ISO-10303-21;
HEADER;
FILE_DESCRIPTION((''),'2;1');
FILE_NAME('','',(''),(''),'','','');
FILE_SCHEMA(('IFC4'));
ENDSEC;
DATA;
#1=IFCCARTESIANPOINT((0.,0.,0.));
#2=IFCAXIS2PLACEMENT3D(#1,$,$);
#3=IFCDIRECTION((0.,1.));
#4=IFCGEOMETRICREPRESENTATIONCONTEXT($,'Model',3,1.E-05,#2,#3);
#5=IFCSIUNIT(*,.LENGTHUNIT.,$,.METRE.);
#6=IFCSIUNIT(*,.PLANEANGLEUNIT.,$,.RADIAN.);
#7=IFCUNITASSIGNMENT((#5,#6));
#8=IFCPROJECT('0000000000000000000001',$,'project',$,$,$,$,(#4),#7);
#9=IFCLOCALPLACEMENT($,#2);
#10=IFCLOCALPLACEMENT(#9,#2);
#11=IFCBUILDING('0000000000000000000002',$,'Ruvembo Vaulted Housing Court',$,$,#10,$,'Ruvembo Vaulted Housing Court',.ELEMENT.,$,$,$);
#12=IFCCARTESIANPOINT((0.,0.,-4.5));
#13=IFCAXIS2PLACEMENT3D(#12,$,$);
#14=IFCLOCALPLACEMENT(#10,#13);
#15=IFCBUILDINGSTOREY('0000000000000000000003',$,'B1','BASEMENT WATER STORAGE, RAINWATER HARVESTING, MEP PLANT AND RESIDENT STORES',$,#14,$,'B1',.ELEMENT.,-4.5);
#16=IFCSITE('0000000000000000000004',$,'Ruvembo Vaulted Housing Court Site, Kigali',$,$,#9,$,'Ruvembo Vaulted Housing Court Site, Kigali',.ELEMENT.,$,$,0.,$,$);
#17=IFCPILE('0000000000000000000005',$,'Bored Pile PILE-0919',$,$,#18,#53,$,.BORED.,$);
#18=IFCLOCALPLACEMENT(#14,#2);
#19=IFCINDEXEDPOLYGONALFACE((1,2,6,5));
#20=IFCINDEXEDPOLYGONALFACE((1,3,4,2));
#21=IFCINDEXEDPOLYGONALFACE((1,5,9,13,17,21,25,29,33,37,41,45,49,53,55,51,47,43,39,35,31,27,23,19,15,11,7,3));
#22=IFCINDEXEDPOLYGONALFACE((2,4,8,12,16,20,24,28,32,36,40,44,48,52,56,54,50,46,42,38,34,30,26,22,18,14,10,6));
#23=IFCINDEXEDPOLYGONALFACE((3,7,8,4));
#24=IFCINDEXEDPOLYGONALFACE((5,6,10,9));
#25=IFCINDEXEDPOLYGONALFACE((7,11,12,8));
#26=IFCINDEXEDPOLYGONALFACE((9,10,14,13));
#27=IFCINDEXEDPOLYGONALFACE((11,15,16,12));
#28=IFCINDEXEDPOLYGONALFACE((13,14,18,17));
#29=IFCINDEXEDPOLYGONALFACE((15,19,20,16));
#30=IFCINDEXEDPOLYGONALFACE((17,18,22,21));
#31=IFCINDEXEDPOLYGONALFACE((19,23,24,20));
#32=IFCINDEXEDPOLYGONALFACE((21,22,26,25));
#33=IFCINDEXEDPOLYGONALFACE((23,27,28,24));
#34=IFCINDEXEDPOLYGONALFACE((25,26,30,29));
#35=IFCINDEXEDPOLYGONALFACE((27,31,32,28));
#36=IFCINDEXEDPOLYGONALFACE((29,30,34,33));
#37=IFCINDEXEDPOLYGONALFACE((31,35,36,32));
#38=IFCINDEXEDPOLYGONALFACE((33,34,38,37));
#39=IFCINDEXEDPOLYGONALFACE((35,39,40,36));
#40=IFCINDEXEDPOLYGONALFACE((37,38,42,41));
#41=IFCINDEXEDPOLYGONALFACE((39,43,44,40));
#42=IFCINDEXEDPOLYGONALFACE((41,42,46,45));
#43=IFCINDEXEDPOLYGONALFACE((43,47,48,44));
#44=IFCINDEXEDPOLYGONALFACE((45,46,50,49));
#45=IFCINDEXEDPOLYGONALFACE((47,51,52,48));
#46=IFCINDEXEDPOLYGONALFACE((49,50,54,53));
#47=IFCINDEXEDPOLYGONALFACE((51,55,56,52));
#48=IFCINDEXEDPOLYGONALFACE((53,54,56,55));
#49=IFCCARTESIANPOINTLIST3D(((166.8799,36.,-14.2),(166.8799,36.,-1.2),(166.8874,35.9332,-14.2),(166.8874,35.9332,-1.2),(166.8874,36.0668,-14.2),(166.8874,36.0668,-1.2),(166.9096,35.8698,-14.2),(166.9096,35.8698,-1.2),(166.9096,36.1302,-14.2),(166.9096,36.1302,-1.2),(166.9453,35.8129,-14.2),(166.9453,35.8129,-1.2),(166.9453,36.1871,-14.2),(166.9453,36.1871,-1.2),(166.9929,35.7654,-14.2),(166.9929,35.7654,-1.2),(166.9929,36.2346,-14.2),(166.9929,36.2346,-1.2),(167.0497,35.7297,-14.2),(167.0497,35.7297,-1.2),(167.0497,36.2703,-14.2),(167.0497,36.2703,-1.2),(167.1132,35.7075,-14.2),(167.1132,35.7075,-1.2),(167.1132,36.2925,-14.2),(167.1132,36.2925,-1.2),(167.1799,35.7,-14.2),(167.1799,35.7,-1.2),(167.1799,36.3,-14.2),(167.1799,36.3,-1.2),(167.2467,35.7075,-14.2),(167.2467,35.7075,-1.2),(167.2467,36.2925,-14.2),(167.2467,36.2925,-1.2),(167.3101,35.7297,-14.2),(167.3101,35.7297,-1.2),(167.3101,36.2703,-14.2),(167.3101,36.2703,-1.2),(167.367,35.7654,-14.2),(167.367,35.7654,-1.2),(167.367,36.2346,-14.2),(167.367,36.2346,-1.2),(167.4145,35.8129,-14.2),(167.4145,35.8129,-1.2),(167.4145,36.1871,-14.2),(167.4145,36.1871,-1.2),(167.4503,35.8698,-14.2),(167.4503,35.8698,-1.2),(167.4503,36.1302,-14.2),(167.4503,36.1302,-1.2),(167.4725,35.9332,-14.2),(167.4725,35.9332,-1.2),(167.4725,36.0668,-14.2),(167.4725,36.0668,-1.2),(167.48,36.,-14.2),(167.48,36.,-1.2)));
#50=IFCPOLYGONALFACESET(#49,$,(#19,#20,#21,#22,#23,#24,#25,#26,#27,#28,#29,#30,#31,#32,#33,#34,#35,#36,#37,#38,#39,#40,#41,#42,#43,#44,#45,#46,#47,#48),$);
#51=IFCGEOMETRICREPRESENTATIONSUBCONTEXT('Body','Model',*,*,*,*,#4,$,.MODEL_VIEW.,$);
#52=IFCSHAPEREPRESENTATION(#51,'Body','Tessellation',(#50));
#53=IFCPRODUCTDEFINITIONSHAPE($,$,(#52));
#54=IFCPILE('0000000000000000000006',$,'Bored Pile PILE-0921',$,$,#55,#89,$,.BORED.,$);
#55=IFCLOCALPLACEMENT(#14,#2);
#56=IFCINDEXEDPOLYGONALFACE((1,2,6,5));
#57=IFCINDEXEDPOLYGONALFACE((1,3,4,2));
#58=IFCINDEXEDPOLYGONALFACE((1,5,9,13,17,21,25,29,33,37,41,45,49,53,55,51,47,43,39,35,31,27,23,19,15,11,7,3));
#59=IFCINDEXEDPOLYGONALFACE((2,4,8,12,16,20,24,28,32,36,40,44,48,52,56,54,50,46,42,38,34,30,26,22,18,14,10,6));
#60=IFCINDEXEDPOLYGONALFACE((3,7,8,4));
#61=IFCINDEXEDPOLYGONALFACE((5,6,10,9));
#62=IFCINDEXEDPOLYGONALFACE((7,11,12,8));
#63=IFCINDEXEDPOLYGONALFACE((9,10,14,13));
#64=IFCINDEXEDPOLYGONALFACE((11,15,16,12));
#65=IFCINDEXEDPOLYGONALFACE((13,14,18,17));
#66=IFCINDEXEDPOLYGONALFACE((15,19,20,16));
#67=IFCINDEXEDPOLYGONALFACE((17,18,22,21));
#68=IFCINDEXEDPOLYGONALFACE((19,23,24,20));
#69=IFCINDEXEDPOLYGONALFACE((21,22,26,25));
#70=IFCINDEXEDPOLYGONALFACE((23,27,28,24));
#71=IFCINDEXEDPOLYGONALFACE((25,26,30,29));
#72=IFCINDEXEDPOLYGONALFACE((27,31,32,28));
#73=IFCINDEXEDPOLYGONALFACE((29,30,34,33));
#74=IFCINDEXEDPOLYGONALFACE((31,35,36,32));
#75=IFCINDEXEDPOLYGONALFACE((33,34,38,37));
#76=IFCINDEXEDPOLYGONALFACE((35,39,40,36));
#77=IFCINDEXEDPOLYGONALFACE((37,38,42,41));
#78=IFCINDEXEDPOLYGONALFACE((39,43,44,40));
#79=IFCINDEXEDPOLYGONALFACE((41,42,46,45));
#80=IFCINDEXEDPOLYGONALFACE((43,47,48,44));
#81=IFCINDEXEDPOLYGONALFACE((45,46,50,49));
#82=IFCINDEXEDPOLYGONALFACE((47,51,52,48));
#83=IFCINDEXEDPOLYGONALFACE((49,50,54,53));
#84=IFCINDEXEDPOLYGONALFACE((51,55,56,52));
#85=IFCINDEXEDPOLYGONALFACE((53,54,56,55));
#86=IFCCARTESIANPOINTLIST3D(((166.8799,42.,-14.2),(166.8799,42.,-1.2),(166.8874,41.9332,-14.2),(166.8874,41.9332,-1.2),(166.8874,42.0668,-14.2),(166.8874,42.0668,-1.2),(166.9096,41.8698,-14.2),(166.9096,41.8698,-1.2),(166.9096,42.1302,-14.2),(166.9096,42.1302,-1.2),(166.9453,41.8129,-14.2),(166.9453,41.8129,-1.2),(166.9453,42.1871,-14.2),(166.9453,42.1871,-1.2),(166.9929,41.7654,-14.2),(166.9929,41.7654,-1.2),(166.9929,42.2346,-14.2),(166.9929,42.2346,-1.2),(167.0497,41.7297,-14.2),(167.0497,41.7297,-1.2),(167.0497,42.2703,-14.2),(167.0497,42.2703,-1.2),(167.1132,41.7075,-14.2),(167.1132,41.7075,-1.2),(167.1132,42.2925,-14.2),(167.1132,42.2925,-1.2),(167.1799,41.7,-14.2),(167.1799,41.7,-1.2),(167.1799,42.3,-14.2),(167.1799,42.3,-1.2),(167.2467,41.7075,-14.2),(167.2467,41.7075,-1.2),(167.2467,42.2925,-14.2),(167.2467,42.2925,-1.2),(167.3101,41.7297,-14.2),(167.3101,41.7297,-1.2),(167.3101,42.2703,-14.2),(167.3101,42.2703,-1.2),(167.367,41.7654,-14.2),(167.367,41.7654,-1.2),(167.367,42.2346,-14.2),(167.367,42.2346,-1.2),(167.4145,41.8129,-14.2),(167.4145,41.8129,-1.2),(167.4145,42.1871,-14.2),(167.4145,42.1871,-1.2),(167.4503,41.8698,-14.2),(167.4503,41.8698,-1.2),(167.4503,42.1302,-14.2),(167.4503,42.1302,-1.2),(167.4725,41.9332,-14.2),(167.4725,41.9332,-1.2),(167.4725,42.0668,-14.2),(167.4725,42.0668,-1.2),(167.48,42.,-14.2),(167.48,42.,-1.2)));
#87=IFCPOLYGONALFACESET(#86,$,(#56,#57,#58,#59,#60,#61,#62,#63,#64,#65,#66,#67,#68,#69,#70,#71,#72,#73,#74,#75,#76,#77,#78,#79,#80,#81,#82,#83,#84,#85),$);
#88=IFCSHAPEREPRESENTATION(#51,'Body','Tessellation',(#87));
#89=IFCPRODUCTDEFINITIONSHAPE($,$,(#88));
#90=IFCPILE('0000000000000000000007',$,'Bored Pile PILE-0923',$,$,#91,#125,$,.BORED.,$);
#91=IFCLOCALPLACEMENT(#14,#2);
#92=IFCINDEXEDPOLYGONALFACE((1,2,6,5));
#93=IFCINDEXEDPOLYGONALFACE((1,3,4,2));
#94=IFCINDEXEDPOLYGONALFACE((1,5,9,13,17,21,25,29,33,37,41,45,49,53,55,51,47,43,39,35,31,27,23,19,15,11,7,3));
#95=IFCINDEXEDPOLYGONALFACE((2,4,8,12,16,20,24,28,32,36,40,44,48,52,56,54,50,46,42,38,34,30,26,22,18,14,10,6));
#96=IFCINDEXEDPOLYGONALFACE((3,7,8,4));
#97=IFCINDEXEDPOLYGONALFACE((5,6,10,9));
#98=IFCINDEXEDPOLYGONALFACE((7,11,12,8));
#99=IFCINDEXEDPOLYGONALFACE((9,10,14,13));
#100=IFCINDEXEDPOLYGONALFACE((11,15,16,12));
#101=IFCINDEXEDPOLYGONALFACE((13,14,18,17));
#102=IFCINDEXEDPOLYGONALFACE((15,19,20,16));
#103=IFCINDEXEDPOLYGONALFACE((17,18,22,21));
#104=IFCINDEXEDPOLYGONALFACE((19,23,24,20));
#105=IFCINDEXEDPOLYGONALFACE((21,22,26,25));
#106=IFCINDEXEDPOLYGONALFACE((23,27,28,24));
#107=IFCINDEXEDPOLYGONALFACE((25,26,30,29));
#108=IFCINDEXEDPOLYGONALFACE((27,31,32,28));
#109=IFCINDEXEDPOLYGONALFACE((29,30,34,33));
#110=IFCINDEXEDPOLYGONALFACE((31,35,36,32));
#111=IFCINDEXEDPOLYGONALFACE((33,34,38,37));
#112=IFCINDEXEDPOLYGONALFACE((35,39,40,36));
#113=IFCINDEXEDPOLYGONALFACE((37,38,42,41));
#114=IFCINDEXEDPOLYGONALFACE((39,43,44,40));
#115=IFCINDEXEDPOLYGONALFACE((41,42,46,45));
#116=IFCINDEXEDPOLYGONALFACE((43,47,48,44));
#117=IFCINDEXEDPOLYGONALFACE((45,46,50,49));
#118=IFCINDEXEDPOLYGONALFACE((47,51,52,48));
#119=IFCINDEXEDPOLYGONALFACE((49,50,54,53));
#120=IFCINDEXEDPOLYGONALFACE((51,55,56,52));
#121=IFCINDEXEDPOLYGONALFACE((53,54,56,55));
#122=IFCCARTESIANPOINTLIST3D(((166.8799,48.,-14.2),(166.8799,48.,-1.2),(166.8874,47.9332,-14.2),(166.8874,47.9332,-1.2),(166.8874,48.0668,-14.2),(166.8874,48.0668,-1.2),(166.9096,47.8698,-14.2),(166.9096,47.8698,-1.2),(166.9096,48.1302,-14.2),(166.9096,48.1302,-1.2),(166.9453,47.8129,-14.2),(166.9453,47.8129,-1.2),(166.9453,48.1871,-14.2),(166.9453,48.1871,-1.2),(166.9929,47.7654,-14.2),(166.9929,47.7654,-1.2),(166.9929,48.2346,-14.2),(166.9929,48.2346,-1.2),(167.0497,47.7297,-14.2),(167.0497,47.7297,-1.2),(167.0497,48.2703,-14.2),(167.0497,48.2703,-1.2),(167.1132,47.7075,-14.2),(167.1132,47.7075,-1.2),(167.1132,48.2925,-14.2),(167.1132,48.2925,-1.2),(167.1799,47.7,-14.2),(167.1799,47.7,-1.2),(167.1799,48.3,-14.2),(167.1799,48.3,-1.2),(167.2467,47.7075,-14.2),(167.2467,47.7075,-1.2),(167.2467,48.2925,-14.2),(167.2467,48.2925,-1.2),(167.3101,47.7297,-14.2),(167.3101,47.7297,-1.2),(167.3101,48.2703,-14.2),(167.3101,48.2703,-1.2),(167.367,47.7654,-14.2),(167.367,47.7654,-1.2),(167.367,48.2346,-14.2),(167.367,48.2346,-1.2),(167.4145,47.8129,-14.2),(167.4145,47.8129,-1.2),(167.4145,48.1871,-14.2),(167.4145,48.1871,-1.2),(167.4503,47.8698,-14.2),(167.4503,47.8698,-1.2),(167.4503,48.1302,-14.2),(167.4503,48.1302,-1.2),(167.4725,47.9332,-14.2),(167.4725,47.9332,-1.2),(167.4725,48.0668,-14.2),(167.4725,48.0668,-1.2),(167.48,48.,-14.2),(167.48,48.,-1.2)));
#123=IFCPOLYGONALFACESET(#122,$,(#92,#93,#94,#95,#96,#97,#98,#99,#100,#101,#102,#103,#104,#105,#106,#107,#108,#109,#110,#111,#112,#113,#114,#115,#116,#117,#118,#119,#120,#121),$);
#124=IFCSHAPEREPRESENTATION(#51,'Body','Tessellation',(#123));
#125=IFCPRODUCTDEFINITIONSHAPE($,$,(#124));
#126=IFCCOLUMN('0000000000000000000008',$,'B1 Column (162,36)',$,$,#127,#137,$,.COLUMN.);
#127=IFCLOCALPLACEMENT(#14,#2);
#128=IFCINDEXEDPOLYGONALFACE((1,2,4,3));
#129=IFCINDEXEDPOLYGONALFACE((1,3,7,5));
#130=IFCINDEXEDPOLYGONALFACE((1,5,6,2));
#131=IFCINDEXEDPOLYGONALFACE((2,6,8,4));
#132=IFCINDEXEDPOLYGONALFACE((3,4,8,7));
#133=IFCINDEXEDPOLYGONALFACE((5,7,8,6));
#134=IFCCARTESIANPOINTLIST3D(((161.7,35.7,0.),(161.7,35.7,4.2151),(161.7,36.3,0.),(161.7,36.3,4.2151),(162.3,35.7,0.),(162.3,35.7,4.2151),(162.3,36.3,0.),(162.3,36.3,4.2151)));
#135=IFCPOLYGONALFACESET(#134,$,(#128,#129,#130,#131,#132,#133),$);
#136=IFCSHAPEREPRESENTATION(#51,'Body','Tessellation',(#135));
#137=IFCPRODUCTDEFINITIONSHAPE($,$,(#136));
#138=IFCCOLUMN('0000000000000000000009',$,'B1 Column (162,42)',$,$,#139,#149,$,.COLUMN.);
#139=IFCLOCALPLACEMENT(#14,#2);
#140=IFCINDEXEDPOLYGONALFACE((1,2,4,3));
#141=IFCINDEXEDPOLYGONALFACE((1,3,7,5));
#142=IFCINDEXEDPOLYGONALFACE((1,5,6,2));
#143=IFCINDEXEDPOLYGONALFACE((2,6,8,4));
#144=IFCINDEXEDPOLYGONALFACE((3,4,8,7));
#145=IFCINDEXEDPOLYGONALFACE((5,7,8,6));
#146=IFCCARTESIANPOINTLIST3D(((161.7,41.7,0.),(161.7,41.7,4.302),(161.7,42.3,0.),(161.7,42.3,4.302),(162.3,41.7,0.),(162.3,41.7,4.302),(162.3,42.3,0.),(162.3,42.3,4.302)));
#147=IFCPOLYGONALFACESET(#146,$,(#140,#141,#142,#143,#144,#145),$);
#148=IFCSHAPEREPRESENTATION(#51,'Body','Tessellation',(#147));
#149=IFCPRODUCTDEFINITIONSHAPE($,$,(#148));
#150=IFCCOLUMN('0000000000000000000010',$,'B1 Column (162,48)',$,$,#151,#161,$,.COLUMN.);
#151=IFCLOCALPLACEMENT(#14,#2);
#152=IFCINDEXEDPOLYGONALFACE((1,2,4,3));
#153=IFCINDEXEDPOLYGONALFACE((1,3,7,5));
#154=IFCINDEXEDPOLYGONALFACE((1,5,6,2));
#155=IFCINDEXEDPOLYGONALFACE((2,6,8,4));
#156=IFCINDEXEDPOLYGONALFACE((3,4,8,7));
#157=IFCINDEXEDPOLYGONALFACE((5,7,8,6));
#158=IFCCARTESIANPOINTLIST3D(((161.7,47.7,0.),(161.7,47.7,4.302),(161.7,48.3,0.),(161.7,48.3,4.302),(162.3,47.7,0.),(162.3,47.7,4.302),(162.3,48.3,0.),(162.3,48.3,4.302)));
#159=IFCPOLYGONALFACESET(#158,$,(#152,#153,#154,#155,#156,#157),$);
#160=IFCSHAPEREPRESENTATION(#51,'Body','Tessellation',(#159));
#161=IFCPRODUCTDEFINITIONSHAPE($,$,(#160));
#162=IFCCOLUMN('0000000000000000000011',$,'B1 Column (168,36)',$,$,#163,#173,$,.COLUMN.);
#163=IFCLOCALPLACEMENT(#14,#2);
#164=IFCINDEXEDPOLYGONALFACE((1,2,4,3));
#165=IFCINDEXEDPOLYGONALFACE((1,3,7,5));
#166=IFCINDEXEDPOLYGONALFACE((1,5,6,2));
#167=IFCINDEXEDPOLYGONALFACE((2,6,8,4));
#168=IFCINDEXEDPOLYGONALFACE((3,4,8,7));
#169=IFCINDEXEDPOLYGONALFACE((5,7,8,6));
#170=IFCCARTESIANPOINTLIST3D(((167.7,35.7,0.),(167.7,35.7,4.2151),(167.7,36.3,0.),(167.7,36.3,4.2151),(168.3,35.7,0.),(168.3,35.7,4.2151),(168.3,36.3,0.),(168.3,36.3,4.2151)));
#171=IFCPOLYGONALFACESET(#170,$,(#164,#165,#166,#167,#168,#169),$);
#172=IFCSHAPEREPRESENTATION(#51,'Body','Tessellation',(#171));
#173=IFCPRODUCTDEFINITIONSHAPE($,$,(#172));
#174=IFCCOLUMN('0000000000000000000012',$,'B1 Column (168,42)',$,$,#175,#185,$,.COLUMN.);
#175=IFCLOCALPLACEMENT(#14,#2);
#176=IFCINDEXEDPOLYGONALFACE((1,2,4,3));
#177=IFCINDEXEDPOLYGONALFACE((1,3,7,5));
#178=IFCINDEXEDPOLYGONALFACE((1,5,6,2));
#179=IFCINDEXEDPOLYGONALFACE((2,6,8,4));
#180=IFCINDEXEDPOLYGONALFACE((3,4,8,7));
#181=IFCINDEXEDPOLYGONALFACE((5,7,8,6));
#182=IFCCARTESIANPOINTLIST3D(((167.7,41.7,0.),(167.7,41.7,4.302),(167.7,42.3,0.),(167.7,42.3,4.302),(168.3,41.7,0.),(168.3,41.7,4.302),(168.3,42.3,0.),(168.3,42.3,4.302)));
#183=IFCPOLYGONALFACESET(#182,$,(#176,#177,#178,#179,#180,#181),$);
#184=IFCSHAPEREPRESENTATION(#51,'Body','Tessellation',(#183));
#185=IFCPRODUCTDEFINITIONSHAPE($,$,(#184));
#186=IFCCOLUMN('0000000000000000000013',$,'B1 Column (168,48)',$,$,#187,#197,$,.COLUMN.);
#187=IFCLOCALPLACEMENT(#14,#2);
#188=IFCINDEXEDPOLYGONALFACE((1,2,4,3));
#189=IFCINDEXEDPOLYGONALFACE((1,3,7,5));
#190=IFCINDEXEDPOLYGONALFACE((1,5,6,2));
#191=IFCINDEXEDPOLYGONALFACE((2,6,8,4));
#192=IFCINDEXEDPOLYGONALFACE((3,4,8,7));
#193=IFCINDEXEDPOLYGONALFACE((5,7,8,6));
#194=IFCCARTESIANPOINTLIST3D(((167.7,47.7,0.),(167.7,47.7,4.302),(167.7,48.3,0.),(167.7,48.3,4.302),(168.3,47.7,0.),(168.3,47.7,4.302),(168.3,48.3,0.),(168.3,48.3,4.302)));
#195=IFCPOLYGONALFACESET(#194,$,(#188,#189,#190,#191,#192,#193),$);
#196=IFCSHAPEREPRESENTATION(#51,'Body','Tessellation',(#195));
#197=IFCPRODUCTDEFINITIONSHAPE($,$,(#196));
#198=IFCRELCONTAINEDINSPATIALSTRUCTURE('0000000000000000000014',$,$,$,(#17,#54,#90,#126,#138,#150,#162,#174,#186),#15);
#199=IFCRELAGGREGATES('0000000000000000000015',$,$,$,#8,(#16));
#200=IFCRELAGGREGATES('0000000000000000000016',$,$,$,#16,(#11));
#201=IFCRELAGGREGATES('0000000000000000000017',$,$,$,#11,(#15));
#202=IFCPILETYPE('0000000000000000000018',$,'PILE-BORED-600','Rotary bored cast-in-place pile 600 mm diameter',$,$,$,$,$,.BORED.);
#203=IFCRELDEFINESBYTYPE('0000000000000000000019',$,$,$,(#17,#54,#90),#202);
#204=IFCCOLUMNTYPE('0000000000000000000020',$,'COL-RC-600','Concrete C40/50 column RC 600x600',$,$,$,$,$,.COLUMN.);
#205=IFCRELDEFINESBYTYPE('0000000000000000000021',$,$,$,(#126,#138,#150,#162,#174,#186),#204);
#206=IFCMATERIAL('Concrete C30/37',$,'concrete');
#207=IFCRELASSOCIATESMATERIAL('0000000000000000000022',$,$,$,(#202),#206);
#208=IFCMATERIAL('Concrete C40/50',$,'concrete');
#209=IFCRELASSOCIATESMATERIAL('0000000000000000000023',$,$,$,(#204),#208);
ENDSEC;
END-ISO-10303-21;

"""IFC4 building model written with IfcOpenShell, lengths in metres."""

from ifc_helpers import new_model, si_unit, direction, frame, origin, origin_2d, place, context, subcontext, project, spatial, rectangle, circle, extrude, material, material_profile, profile_set, type_object, element, save


model = new_model("IFC4")

# Units and contexts
model_context = context("Model", 3, precision=1e-05, world=origin(), true_north=direction((0.0, 1.0)))
body_context = subcontext(model_context, "Body", "Model", "MODEL_VIEW")
ifc_project = project(units=[si_unit("LENGTHUNIT", "METRE"), si_unit("PLANEANGLEUNIT", "RADIAN")], contexts=[model_context])

# Site, building, storey
site_placement = place(None, origin())
site = spatial("IfcSite", under=ifc_project, at=site_placement, Name="Ruvembo Vaulted Housing Court Site, Kigali", LongName="Ruvembo Vaulted Housing Court Site, Kigali", CompositionType="ELEMENT", RefElevation=0.0)
building_placement = place(site_placement, origin())
building = spatial("IfcBuilding", under=site, at=building_placement, Name="Ruvembo Vaulted Housing Court", LongName="Ruvembo Vaulted Housing Court", CompositionType="ELEMENT")
storey_placement = place(building_placement, frame((0.0, 0.0, -4.5)))
storey = spatial("IfcBuildingStorey", under=building, at=storey_placement, Name="B1", Description="BASEMENT WATER STORAGE, RAINWATER HARVESTING, MEP PLANT AND RESIDENT STORES", LongName="B1", CompositionType="ELEMENT", Elevation=-4.5)

# Piles
ifc_material_1 = material(Name="Concrete C30/37", Category="concrete")
ifc_material_profile_1 = material_profile(ifc_material_1, circle(Radius=0.3, at=origin_2d()), Name="PILE D600")
ifc_profile_set_1 = profile_set([ifc_material_profile_1], Name="Concrete C30/37")
pile_type = type_object("IfcPileType", Name="PILE-BORED-600", Description="Rotary bored cast-in-place pile 600 mm diameter", PredefinedType="BORED", material=ifc_profile_set_1)
for number, where, z_axis, x_axis, name in (
    (1, (167.1799, 36.0, -1.2), (0.0, 0.0, -1.0), (1.0, 0.0, 0.0), "Bored Pile PILE-0919"),
    (2, (167.1799, 42.0, -1.2), (0.0, 0.0, -1.0), (1.0, 0.0, 0.0), "Bored Pile PILE-0921"),
    (3, (167.1799, 48.0, -1.2), (0.0, 0.0, -1.0), (1.0, 0.0, 0.0), "Bored Pile PILE-0923"),
):
    element("IfcPile", number, at=place(storey_placement, frame(where, z_axis=z_axis, x_axis=x_axis)), inside=storey, type_object=pile_type, Name=name, PredefinedType="BORED", context=body_context, shape_type="SweptSolid", body=[
        extrude(circle(Radius=0.3, at=origin_2d()), origin(), (0.0, 0.0, 1.0), 13.0),
    ])

# Columns
ifc_material_2 = material(Name="Concrete C40/50", Category="concrete")
ifc_material_profile_2 = material_profile(ifc_material_2, rectangle(XDim=0.6001, YDim=0.6001, at=origin_2d()), Name="RC 600x600")
ifc_profile_set_2 = profile_set([ifc_material_profile_2], Name="Concrete C40/50")
column_type = type_object("IfcColumnType", Name="COL-RC-600", Description="Concrete C40/50 column RC 600x600", PredefinedType="COLUMN", material=ifc_profile_set_2)
column_1_placement = place(storey_placement, frame((162.0, 36.0, 0.0), z_axis=(0.0, 0.0, 1.0), x_axis=(1.0, 0.0, 0.0)))
element("IfcColumn", 4, at=column_1_placement, inside=storey, type_object=column_type, Name="B1 Column (162,36)", PredefinedType="COLUMN", context=body_context, shape_type="SweptSolid", body=[
    extrude(rectangle(XDim=0.6001, YDim=0.6001, at=origin_2d()), origin(), (0.0, 0.0, 1.0), 4.2151),
])
for number, where, z_axis, x_axis, name in (
    (5, (162.0, 42.0, 0.0), (0.0, 0.0, 1.0), (1.0, 0.0, 0.0), "B1 Column (162,42)"),
    (6, (162.0, 48.0, 0.0), (0.0, 0.0, 1.0), (1.0, 0.0, 0.0), "B1 Column (162,48)"),
):
    element("IfcColumn", number, at=place(storey_placement, frame(where, z_axis=z_axis, x_axis=x_axis)), inside=storey, type_object=column_type, Name=name, PredefinedType="COLUMN", context=body_context, shape_type="SweptSolid", body=[
        extrude(rectangle(XDim=0.6001, YDim=0.6001, at=origin_2d()), origin(), (0.0, 0.0, 1.0), 4.302),
    ])
column_2_placement = place(storey_placement, frame((168.0, 36.0, 0.0), z_axis=(0.0, 0.0, 1.0), x_axis=(1.0, 0.0, 0.0)))
element("IfcColumn", 7, at=column_2_placement, inside=storey, type_object=column_type, Name="B1 Column (168,36)", PredefinedType="COLUMN", context=body_context, shape_type="SweptSolid", body=[
    extrude(rectangle(XDim=0.6001, YDim=0.6001, at=origin_2d()), origin(), (0.0, 0.0, 1.0), 4.2151),
])
for number, where, z_axis, x_axis, name in (
    (8, (168.0, 42.0, 0.0), (0.0, 0.0, 1.0), (1.0, 0.0, 0.0), "B1 Column (168,42)"),
    (9, (168.0, 48.0, 0.0), (0.0, 0.0, 1.0), (1.0, 0.0, 0.0), "B1 Column (168,48)"),
):
    element("IfcColumn", number, at=place(storey_placement, frame(where, z_axis=z_axis, x_axis=x_axis)), inside=storey, type_object=column_type, Name=name, PredefinedType="COLUMN", context=body_context, shape_type="SweptSolid", body=[
        extrude(rectangle(XDim=0.6001, YDim=0.6001, at=origin_2d()), origin(), (0.0, 0.0, 1.0), 4.302),
    ])

save(model, "model.ifc")
